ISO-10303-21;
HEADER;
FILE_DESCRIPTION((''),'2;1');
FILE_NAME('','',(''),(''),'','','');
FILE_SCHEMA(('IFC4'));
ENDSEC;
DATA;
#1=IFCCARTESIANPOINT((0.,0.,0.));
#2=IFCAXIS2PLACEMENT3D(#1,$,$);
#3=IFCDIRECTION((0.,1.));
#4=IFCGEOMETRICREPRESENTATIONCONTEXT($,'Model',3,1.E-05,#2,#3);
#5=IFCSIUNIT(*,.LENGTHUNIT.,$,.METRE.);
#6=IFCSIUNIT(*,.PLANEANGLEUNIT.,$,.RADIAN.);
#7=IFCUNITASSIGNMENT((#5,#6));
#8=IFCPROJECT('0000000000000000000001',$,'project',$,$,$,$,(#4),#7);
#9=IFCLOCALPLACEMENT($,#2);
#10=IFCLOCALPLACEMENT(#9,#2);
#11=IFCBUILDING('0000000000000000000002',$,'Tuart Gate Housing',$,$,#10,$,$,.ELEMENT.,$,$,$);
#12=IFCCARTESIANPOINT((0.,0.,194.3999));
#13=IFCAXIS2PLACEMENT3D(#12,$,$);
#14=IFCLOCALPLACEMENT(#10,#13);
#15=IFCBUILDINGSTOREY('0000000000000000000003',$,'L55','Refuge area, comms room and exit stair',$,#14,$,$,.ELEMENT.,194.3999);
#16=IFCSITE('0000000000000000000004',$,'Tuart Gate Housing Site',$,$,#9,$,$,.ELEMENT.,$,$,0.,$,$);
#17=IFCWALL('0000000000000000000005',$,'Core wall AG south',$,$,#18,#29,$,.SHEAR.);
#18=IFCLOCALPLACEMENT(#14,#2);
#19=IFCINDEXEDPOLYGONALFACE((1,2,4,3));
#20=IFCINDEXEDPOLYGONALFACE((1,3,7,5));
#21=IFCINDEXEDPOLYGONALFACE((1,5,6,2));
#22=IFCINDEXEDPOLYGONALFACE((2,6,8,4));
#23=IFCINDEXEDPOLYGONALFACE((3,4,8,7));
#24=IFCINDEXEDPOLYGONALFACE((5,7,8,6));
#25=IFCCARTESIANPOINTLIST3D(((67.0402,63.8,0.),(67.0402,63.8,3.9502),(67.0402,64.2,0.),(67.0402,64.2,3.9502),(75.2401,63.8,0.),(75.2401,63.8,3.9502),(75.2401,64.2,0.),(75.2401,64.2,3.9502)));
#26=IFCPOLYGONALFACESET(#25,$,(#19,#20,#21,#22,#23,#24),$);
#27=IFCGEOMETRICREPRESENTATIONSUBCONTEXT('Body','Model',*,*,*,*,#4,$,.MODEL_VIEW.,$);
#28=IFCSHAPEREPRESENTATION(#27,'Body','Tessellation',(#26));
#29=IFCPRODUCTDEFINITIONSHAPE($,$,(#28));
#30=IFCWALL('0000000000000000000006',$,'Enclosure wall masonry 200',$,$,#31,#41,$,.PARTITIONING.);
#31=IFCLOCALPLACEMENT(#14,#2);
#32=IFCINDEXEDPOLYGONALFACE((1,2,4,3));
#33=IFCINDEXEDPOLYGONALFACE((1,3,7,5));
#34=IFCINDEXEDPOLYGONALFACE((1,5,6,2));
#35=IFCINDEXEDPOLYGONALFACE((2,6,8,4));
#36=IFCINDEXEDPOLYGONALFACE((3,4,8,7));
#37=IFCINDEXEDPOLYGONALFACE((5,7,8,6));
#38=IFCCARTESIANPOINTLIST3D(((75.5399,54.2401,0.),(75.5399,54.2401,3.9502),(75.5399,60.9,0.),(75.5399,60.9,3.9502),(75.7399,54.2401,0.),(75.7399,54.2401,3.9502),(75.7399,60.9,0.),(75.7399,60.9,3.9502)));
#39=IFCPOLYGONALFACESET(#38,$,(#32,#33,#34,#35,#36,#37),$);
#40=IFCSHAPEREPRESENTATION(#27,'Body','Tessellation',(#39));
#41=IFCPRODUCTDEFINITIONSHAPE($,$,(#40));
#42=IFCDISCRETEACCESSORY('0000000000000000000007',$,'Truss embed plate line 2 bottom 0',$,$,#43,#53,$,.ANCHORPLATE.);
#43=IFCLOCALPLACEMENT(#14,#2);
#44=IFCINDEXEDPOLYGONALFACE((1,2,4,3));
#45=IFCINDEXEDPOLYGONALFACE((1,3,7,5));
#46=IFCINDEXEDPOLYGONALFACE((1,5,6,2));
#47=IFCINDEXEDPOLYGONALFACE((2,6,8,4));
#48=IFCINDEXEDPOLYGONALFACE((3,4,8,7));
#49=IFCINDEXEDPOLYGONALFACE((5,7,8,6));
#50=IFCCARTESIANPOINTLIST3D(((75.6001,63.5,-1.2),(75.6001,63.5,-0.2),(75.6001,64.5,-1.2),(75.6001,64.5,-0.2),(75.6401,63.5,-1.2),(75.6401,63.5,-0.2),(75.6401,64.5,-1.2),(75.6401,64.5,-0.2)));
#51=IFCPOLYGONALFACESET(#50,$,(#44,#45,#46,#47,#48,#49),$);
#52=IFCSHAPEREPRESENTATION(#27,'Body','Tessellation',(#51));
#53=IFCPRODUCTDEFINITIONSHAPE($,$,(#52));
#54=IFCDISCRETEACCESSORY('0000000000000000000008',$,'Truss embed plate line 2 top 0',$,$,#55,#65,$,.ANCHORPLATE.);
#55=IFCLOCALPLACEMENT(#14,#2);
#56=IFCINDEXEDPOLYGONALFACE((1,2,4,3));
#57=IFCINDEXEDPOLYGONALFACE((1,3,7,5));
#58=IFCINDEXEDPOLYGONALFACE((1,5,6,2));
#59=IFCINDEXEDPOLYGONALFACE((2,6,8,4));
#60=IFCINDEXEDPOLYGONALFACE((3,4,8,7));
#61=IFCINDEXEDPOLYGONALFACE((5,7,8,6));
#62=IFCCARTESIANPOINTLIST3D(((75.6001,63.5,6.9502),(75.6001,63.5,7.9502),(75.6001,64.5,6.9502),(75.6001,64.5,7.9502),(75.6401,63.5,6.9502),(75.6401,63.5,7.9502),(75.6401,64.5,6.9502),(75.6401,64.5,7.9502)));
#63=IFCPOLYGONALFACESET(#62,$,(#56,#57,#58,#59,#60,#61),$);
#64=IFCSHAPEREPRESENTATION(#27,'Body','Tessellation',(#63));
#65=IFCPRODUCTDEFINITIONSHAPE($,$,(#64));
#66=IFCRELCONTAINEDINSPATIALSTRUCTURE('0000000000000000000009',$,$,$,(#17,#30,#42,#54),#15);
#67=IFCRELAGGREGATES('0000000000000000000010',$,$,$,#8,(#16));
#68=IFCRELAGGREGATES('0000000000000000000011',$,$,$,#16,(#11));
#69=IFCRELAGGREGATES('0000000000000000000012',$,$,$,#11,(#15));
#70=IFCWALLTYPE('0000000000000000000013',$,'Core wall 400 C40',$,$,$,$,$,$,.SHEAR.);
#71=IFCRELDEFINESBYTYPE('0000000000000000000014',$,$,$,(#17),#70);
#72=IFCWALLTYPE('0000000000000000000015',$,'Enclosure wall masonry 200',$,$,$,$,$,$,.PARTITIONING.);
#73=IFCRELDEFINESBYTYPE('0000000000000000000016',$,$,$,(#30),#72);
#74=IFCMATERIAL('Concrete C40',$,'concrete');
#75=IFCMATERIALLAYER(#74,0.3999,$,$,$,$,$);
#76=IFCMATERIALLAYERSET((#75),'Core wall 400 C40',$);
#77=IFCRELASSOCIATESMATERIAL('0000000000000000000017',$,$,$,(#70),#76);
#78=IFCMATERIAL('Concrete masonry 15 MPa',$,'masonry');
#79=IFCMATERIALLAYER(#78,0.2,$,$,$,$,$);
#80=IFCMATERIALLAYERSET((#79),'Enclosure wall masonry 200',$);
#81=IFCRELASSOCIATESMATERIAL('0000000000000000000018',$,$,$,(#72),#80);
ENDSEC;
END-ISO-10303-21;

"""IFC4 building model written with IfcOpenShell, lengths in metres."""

from ifc_helpers import new_model, si_unit, direction, frame, frame_2d, origin, origin_2d, place, context, subcontext, project, spatial, rectangle, extrude, material, layer, layer_set, type_object, element, save


model = new_model("IFC4")

# Units and contexts
model_context = context("Model", 3, precision=1e-05, world=origin(), true_north=direction((0.0, 1.0)))
body_context = subcontext(model_context, "Body", "Model", "MODEL_VIEW")
ifc_project = project(units=[si_unit("LENGTHUNIT", "METRE"), si_unit("PLANEANGLEUNIT", "RADIAN")], contexts=[model_context])

# Site, building, storey
site_placement = place(None, origin())
site = spatial("IfcSite", under=ifc_project, at=site_placement, Name="Tuart Gate Housing Site", CompositionType="ELEMENT", RefElevation=0.0)
building_placement = place(site_placement, origin())
building = spatial("IfcBuilding", under=site, at=building_placement, Name="Tuart Gate Housing", CompositionType="ELEMENT")
storey_placement = place(building_placement, frame((0.0, 0.0, 194.3999)))
storey = spatial("IfcBuildingStorey", under=building, at=storey_placement, Name="L55", Description="Refuge area, comms room and exit stair", CompositionType="ELEMENT", Elevation=194.3999)

# Shared definitions
ifc_material_1 = material(Name="Concrete C40", Category="concrete")
ifc_layer_1 = layer(ifc_material_1, 0.3999)
ifc_layer_set_1 = layer_set([ifc_layer_1], Name="Core wall 400 C40")
wall_type_1 = type_object("IfcWallType", Name="Core wall 400 C40", PredefinedType="SHEAR", material=ifc_layer_set_1)

# Walls
wall_1_placement = place(storey_placement, frame((67.04, 64.0, 0.0), z_axis=(0.0, 0.0, 1.0), x_axis=(1.0, 0.0, 0.0)))
element("IfcWall", 1, at=wall_1_placement, inside=storey, type_object=wall_type_1, Name="Core wall AG south", PredefinedType="SHEAR", context=body_context, shape_type="SweptSolid", body=[
    extrude(rectangle(XDim=8.2, YDim=0.3999, at=frame_2d((4.1001, 0.0))), origin(), (0.0, 0.0, 1.0), 3.9502),
])
ifc_material_2 = material(Name="Concrete masonry 15 MPa", Category="masonry")
ifc_layer_2 = layer(ifc_material_2, 0.2)
ifc_layer_set_2 = layer_set([ifc_layer_2], Name="Enclosure wall masonry 200")
wall_type_2 = type_object("IfcWallType", Name="Enclosure wall masonry 200", PredefinedType="PARTITIONING", material=ifc_layer_set_2)
wall_2_placement = place(storey_placement, frame((75.6399, 54.24, 0.0), z_axis=(0.0, 0.0, 1.0), x_axis=(0.0, 1.0, 0.0)))
element("IfcWall", 2, at=wall_2_placement, inside=storey, type_object=wall_type_2, Name="Enclosure wall masonry 200", PredefinedType="PARTITIONING", context=body_context, shape_type="SweptSolid", body=[
    extrude(rectangle(XDim=6.6599, YDim=0.2, at=frame_2d((3.3301, 0.0))), origin(), (0.0, 0.0, 1.0), 3.9502),
])

# Discrete accessories
for number, where, z_axis, x_axis, name in (
    (3, (75.6201, 64.0, -1.2), (0.0, 0.0, 1.0), (1.0, 0.0, 0.0), "Truss embed plate line 2 bottom 0"),
    (4, (75.6201, 64.0, 6.9502), (0.0, 0.0, 1.0), (1.0, 0.0, 0.0), "Truss embed plate line 2 top 0"),
):
    element("IfcDiscreteAccessory", number, at=place(storey_placement, frame(where, z_axis=z_axis, x_axis=x_axis)), inside=storey, Name=name, PredefinedType="ANCHORPLATE", context=body_context, shape_type="SweptSolid", body=[
        extrude(rectangle(XDim=0.04, YDim=1.0, at=origin_2d()), origin(), (0.0, 0.0, 1.0), 1.0),
    ])

save(model, "model.ifc")
